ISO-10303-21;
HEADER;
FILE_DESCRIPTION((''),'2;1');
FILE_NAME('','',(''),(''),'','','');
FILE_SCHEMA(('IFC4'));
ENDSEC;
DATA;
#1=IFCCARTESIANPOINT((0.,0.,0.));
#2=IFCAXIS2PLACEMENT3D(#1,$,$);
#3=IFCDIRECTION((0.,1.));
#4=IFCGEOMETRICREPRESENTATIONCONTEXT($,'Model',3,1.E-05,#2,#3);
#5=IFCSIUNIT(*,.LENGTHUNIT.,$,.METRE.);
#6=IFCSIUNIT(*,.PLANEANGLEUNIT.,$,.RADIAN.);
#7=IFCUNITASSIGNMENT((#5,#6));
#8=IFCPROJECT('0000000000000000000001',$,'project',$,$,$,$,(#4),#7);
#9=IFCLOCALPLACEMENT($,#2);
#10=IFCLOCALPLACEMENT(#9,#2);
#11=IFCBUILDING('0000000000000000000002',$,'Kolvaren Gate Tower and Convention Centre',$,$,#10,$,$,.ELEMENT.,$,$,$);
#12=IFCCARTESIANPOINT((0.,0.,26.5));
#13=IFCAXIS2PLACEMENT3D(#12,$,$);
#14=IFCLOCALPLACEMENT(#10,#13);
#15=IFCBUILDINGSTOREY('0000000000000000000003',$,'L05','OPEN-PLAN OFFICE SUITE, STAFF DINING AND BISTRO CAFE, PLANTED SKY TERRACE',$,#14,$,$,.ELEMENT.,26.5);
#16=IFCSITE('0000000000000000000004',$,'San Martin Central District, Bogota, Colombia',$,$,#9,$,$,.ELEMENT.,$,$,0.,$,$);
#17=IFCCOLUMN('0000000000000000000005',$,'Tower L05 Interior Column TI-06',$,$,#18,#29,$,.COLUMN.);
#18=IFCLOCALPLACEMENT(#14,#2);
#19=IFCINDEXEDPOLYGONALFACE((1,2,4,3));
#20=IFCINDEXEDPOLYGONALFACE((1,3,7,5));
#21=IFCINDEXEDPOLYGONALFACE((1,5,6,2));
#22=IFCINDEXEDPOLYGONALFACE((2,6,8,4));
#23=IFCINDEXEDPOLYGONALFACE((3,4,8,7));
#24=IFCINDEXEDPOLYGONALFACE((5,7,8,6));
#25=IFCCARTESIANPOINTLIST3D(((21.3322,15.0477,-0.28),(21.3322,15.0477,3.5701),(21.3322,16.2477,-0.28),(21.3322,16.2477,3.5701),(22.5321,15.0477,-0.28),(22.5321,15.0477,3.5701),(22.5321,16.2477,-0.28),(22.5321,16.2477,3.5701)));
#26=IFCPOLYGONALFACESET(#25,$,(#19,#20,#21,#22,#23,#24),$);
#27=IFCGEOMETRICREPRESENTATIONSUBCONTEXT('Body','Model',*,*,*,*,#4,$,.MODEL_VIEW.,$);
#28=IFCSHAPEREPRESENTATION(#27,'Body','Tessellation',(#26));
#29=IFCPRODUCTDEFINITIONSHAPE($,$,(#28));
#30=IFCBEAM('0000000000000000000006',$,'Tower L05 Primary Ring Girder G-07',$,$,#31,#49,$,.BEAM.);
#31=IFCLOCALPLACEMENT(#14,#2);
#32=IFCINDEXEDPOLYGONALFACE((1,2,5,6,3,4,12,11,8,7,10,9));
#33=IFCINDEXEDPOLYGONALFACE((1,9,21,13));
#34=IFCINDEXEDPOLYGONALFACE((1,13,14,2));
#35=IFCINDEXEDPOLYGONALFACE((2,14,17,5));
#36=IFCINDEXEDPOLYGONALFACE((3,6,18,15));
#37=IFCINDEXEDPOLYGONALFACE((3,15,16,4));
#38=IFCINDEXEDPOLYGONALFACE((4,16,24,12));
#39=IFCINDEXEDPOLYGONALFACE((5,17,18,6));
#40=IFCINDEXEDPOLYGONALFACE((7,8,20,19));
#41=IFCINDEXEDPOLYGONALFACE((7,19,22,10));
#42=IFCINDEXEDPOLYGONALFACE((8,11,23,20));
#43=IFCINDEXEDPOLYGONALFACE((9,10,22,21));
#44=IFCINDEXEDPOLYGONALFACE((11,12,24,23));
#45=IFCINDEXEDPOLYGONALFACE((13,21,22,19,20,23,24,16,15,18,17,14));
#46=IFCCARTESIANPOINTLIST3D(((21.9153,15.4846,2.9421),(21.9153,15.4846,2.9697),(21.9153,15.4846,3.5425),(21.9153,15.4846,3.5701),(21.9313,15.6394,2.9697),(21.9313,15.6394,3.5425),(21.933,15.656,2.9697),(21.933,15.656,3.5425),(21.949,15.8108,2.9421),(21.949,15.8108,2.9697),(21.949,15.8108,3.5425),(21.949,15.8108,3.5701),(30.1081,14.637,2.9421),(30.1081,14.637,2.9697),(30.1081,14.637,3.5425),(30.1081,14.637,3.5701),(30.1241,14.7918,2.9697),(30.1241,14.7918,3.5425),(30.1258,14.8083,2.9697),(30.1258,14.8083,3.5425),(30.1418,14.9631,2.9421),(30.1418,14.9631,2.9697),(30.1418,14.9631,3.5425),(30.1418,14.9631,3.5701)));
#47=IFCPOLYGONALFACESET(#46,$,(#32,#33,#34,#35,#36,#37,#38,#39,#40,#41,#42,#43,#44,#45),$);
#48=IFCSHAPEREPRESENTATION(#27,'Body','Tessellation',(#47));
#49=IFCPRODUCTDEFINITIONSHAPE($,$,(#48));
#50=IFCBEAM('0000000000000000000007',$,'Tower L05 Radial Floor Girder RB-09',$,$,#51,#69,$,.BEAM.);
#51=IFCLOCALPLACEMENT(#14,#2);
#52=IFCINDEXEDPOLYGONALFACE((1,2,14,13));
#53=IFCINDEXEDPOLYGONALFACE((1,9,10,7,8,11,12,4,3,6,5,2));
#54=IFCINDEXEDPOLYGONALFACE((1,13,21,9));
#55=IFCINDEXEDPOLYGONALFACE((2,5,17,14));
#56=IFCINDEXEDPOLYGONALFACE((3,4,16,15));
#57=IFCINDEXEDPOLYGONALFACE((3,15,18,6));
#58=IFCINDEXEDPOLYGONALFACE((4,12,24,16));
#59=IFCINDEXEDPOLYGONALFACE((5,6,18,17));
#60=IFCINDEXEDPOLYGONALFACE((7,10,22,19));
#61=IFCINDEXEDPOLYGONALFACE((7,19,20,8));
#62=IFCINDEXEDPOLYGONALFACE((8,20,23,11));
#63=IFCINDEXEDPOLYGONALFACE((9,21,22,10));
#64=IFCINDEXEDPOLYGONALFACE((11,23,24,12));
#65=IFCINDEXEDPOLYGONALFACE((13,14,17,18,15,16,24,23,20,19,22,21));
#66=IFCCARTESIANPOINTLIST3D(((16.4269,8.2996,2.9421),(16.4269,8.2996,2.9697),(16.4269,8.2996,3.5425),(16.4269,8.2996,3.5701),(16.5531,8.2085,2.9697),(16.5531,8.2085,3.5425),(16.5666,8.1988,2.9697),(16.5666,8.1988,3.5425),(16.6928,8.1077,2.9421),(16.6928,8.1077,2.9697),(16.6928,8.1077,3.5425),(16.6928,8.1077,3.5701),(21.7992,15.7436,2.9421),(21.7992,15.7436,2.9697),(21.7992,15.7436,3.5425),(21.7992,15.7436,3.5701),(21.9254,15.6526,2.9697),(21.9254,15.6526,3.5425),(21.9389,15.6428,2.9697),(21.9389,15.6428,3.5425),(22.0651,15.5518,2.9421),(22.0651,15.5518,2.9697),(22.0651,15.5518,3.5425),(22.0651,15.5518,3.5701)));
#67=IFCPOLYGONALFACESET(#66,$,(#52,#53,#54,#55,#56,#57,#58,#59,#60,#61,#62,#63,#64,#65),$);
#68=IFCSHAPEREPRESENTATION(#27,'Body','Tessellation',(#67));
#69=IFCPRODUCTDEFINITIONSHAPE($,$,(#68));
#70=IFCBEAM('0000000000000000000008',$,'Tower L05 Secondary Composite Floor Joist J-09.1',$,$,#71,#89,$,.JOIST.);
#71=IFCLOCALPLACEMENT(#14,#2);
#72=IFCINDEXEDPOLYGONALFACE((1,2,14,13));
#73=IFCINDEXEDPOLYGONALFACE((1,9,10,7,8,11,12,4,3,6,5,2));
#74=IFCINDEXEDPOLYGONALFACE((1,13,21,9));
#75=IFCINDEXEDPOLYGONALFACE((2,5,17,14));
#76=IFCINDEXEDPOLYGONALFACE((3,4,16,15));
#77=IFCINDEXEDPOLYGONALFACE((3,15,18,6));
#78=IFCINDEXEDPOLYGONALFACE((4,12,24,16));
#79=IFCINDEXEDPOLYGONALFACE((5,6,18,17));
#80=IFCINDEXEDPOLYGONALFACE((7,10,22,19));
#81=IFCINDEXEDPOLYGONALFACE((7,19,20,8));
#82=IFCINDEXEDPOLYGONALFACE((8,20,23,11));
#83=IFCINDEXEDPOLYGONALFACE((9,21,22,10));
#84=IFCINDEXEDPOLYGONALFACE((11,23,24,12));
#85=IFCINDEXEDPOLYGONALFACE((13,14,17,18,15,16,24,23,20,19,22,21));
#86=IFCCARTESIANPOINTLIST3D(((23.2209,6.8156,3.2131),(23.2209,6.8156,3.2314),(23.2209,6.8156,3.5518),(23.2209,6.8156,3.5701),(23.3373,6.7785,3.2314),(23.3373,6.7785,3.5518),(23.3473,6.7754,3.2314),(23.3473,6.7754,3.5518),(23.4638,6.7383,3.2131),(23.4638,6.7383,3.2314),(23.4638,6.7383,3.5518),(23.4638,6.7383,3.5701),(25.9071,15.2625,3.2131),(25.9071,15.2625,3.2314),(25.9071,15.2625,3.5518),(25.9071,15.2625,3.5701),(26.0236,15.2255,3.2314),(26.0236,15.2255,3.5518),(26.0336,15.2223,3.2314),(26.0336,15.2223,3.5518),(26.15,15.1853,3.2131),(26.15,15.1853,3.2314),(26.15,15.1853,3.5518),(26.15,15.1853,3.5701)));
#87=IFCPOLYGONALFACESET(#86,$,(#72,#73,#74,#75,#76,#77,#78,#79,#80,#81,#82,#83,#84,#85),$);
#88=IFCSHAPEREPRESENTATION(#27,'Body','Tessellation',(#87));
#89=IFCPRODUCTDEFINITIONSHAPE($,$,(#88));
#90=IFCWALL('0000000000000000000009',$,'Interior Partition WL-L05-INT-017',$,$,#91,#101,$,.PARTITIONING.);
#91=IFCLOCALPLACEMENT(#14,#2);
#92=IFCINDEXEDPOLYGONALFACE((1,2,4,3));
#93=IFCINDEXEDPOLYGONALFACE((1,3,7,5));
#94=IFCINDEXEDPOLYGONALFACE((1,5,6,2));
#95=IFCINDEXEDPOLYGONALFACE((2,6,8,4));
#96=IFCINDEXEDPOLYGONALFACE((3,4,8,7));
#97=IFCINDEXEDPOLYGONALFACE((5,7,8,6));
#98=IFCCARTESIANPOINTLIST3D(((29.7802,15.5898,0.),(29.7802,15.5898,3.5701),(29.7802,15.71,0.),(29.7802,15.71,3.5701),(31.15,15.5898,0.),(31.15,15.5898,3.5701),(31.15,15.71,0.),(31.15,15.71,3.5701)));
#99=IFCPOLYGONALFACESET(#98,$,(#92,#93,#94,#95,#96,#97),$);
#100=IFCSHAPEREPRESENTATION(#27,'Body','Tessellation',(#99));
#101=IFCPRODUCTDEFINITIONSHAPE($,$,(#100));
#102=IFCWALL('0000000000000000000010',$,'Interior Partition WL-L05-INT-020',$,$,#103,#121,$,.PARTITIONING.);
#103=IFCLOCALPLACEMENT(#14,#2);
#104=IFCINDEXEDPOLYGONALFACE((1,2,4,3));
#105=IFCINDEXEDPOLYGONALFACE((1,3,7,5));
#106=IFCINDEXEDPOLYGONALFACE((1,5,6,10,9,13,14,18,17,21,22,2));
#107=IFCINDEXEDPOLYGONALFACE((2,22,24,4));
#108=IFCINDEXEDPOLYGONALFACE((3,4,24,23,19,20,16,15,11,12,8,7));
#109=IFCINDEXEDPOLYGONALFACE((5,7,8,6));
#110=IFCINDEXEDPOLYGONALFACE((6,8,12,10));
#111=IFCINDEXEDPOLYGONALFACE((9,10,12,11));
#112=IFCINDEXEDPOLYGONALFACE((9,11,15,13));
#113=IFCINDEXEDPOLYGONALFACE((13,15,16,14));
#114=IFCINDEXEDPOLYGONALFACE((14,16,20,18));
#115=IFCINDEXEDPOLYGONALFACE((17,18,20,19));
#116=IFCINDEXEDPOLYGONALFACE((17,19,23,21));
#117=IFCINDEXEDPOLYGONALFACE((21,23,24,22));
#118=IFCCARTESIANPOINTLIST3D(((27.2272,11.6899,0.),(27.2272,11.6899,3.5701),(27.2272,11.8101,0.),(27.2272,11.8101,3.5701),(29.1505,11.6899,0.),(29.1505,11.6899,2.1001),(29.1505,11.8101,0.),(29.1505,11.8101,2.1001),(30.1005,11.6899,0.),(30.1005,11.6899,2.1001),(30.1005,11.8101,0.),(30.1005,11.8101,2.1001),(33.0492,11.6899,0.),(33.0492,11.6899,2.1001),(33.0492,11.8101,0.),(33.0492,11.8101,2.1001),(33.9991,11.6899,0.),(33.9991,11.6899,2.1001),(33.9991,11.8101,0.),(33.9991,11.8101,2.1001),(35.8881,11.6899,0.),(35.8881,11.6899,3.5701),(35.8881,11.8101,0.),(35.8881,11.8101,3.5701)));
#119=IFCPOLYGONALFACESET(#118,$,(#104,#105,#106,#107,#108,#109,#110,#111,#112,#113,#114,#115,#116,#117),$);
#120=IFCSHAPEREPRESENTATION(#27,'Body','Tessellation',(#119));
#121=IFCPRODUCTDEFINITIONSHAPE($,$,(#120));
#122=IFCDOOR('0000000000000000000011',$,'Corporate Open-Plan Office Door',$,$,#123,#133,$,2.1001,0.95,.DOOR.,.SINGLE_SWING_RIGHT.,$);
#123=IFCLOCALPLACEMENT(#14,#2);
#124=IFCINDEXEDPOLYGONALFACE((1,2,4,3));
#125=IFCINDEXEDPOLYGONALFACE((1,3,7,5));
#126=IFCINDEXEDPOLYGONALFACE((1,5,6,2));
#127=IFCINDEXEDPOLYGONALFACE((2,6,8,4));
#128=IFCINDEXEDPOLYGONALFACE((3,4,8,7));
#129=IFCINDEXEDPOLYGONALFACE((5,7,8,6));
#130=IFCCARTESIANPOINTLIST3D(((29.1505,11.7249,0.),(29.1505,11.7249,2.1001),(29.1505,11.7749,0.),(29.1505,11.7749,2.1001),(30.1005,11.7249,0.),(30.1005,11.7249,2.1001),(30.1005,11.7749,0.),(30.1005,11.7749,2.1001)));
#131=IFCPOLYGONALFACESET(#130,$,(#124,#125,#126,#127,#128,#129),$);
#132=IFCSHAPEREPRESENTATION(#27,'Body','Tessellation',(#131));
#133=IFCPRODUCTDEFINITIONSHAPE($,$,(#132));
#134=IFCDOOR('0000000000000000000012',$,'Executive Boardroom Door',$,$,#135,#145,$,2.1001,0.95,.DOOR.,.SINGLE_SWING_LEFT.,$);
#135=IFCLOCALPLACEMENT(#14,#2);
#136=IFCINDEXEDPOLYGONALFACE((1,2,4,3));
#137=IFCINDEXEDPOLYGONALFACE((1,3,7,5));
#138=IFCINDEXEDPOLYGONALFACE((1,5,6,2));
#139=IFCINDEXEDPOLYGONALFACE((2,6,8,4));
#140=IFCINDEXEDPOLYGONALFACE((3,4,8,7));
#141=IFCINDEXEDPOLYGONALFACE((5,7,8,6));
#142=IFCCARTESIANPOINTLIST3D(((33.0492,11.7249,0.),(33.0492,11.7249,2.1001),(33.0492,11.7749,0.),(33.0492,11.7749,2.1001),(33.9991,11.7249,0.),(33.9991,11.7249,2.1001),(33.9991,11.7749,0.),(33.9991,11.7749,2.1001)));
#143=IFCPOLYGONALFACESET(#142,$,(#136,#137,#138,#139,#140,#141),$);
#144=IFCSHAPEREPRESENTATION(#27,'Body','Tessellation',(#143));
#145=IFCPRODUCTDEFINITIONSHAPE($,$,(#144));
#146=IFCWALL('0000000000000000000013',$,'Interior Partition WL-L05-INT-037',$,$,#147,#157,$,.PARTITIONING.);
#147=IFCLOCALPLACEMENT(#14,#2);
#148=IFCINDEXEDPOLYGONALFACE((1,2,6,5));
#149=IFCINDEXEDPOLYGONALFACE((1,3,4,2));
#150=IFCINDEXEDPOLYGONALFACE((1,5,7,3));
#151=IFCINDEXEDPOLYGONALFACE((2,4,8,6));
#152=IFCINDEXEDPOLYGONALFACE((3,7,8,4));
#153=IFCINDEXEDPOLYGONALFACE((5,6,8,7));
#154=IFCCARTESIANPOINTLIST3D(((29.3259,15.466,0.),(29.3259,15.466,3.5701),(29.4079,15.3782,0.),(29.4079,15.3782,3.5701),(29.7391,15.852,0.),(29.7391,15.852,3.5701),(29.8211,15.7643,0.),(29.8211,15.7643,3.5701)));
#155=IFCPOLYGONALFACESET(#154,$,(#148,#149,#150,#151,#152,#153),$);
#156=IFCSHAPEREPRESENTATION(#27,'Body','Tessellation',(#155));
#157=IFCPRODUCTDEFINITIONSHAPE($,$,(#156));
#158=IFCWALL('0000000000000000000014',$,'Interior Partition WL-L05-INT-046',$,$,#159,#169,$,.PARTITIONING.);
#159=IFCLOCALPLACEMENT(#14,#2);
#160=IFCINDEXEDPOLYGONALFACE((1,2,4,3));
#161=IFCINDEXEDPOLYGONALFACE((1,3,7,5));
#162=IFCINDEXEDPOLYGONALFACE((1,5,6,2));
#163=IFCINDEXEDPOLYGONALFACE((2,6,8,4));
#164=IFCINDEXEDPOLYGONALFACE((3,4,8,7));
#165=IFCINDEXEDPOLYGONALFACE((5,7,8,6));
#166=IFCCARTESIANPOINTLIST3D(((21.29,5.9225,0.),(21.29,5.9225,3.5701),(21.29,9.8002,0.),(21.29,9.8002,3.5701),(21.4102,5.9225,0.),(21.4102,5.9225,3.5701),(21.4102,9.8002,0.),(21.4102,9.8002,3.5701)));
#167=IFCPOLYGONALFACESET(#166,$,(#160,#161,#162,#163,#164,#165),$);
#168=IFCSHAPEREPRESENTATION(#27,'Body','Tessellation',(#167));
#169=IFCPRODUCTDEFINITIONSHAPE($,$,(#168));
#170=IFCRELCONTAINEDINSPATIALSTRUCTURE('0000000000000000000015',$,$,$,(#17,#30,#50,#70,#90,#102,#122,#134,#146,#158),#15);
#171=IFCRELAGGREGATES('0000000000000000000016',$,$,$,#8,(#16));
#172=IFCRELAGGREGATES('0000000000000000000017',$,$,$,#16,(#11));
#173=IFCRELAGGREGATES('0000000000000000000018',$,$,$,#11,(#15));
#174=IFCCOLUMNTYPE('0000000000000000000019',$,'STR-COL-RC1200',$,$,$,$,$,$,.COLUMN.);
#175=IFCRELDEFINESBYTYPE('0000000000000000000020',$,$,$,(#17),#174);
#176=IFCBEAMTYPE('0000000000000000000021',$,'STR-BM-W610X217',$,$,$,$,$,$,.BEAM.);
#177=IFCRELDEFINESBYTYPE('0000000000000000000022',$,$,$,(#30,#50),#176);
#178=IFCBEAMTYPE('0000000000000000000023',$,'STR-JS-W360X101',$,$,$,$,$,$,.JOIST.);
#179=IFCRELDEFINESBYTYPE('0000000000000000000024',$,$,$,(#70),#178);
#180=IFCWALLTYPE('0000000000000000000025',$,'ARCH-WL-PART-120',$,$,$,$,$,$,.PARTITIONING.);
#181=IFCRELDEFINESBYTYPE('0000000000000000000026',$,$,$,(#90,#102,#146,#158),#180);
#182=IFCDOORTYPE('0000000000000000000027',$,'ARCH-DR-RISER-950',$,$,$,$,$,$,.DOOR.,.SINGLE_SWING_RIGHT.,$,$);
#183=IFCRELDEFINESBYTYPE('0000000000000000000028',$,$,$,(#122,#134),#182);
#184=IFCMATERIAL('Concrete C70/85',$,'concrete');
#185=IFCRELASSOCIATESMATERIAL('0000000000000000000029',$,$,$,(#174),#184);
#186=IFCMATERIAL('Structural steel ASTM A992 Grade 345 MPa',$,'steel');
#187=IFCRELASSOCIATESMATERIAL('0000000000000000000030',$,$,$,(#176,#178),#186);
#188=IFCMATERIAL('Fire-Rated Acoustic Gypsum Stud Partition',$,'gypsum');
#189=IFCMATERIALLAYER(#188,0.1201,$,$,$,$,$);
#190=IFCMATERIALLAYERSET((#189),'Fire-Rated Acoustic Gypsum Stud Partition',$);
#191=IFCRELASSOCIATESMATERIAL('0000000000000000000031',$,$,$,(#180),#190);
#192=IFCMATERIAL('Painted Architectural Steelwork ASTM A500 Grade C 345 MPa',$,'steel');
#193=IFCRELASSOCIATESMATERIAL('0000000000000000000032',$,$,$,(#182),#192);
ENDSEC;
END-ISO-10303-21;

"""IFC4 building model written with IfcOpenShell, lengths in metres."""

from ifc_helpers import new_model, si_unit, direction, frame, frame_2d, origin, origin_2d, place, context, subcontext, project, spatial, rectangle, i_section, extrude, material, layer, layer_set, material_profile, profile_set, type_object, element, fill, save


model = new_model("IFC4")

# Units and contexts
model_context = context("Model", 3, precision=1e-05, world=origin(), true_north=direction((0.0, 1.0)))
body_context = subcontext(model_context, "Body", "Model", "MODEL_VIEW")
ifc_project = project(units=[si_unit("LENGTHUNIT", "METRE"), si_unit("PLANEANGLEUNIT", "RADIAN")], contexts=[model_context])

# Site, building, storey
site_placement = place(None, origin())
site = spatial("IfcSite", under=ifc_project, at=site_placement, Name="San Martin Central District, Bogota, Colombia", CompositionType="ELEMENT", RefElevation=0.0)
building_placement = place(site_placement, origin())
building = spatial("IfcBuilding", under=site, at=building_placement, Name="Kolvaren Gate Tower and Convention Centre", CompositionType="ELEMENT")
storey_placement = place(building_placement, frame((0.0, 0.0, 26.5)))
storey = spatial("IfcBuildingStorey", under=building, at=storey_placement, Name="L05", Description="OPEN-PLAN OFFICE SUITE, STAFF DINING AND BISTRO CAFE, PLANTED SKY TERRACE", CompositionType="ELEMENT", Elevation=26.5)

# Column
ifc_material_1 = material(Name="Concrete C70/85", Category="concrete")
ifc_material_profile_1 = material_profile(ifc_material_1, rectangle(XDim=1.2, YDim=1.2, at=origin_2d()), Name="RC-COL-1200X1200")
ifc_profile_set_1 = profile_set([ifc_material_profile_1], Name="Concrete C70/85")
column_type = type_object("IfcColumnType", Name="STR-COL-RC1200", PredefinedType="COLUMN", material=ifc_profile_set_1)
column_placement = place(storey_placement, frame((21.9321, 15.6477, -0.28), z_axis=(0.0, 0.0, 1.0), x_axis=(1.0, 0.0, 0.0)))
element("IfcColumn", 1, at=column_placement, inside=storey, type_object=column_type, Name="Tower L05 Interior Column TI-06", PredefinedType="COLUMN", context=body_context, shape_type="SweptSolid", body=[
    extrude(rectangle(XDim=1.2, YDim=1.2, at=origin_2d()), origin(), (0.0, 0.0, 1.0), 3.8501),
])

# Beams
ifc_material_2 = material(Name="Structural steel ASTM A992 Grade 345 MPa", Category="steel")
ifc_material_profile_2 = material_profile(ifc_material_2, i_section(OverallWidth=0.3279, OverallDepth=0.6279, WebThickness=0.0166, FlangeThickness=0.0276, at=origin_2d()), Name="W610X217")
ifc_profile_set_2 = profile_set([ifc_material_profile_2], Name="Structural steel ASTM A992 Grade 345 MPa")
beam_type_1 = type_object("IfcBeamType", Name="STR-BM-W610X217", PredefinedType="BEAM", material=ifc_profile_set_2)
beam_1_placement = place(storey_placement, frame((21.9321, 15.6477, 3.2561), z_axis=(0.99469, -0.102913, 0.0), x_axis=(0.102913, 0.99469, 0.0)))
element("IfcBeam", 2, at=beam_1_placement, inside=storey, type_object=beam_type_1, Name="Tower L05 Primary Ring Girder G-07", PredefinedType="BEAM", context=body_context, shape_type="SweptSolid", body=[
    extrude(i_section(OverallWidth=0.3279, OverallDepth=0.6279, WebThickness=0.0166, FlangeThickness=0.0276, at=origin_2d()), origin(), (0.0, 0.0, 1.0), 8.2366),
])
beam_2_placement = place(storey_placement, frame((21.9321, 15.6477, 3.2561), z_axis=(-0.585206, -0.810885, 0.0), x_axis=(0.810885, -0.585206, 0.0)))
element("IfcBeam", 3, at=beam_2_placement, inside=storey, type_object=beam_type_1, Name="Tower L05 Radial Floor Girder RB-09", PredefinedType="BEAM", context=body_context, shape_type="SweptSolid", body=[
    extrude(i_section(OverallWidth=0.3279, OverallDepth=0.6279, WebThickness=0.0166, FlangeThickness=0.0276, at=origin_2d()), origin(), (0.0, 0.0, 1.0), 9.1802),
])
ifc_material_profile_3 = material_profile(ifc_material_2, i_section(OverallWidth=0.2549, OverallDepth=0.3569, WebThickness=0.0105, FlangeThickness=0.0183, at=origin_2d()), Name="W360X101")
ifc_profile_set_3 = profile_set([ifc_material_profile_3], Name="Structural steel ASTM A992 Grade 345 MPa")
beam_type_2 = type_object("IfcBeamType", Name="STR-JS-W360X101", PredefinedType="JOIST", material=ifc_profile_set_3)
beam_3_placement = place(storey_placement, frame((26.0286, 15.2239, 3.3916), z_axis=(-0.303059, -0.952972, 0.0), x_axis=(0.952972, -0.303059, 0.0)))
element("IfcBeam", 4, at=beam_3_placement, inside=storey, type_object=beam_type_2, Name="Tower L05 Secondary Composite Floor Joist J-09.1", PredefinedType="JOIST", context=body_context, shape_type="SweptSolid", body=[
    extrude(i_section(OverallWidth=0.2549, OverallDepth=0.3569, WebThickness=0.0105, FlangeThickness=0.0183, at=origin_2d()), origin(), (0.0, 0.0, 1.0), 8.8638),
])

# Wall
ifc_material_3 = material(Name="Fire-Rated Acoustic Gypsum Stud Partition", Category="gypsum")
ifc_layer_1 = layer(ifc_material_3, 0.1201)
ifc_layer_set_1 = layer_set([ifc_layer_1], Name="Fire-Rated Acoustic Gypsum Stud Partition")
wall_type_1 = type_object("IfcWallType", Name="ARCH-WL-PART-120", PredefinedType="PARTITIONING", material=ifc_layer_set_1)
wall_1_placement = place(storey_placement, frame((29.78, 15.6499, 0.0), z_axis=(0.0, 0.0, 1.0), x_axis=(1.0, 0.0, 0.0)))
element("IfcWall", 5, at=wall_1_placement, inside=storey, type_object=wall_type_1, Name="Interior Partition WL-L05-INT-017", PredefinedType="PARTITIONING", context=body_context, shape_type="SweptSolid", body=[
    extrude(rectangle(XDim=1.3699, YDim=0.1201, at=frame_2d((0.6851, 0.0))), origin(), (0.0, 0.0, 1.0), 3.5701),
])

# Wall, openings, doors
wall_2_placement = place(storey_placement, frame((27.2271, 11.75, 0.0), z_axis=(0.0, 0.0, 1.0), x_axis=(1.0, 0.0, 0.0)))
wall_2 = element("IfcWall", 6, at=wall_2_placement, inside=storey, type_object=wall_type_1, Name="Interior Partition WL-L05-INT-020", PredefinedType="PARTITIONING", context=body_context, shape_type="SweptSolid", body=[
    extrude(rectangle(XDim=8.6609, YDim=0.1201, at=frame_2d((4.3306, 0.0))), origin(), (0.0, 0.0, 1.0), 3.5701),
])
opening_1_placement = place(wall_2_placement, frame((1.9233, 0.0, 0.0)))
opening_1 = element("IfcOpeningElement", 7, at=opening_1_placement, cuts=wall_2, PredefinedType="OPENING", context=body_context, shape_type="SweptSolid", body=[
    extrude(rectangle(XDim=0.95, YDim=2.1001, at=frame_2d((0.4751, 1.05))), frame((0.0, 0.0701, 0.0), z_axis=(0.0, -1.0, 0.0), x_axis=(1.0, 0.0, 0.0)), (0.0, 0.0, 1.0), 0.1401),
])
opening_2_placement = place(wall_2_placement, frame((5.822, 0.0, 0.0)))
opening_2 = element("IfcOpeningElement", 8, at=opening_2_placement, cuts=wall_2, PredefinedType="OPENING", context=body_context, shape_type="SweptSolid", body=[
    extrude(rectangle(XDim=0.95, YDim=2.1001, at=frame_2d((0.4751, 1.05))), frame((0.0, 0.0701, 0.0), z_axis=(0.0, -1.0, 0.0), x_axis=(1.0, 0.0, 0.0)), (0.0, 0.0, 1.0), 0.1401),
])
ifc_material_4 = material(Name="Painted Architectural Steelwork ASTM A500 Grade C 345 MPa", Category="steel")
door_type_1 = type_object("IfcDoorType", Name="ARCH-DR-RISER-950", OperationType="SINGLE_SWING_RIGHT", PredefinedType="DOOR", material=ifc_material_4)
door_1_placement = place(opening_1_placement, origin())
door_1 = element("IfcDoor", 9, at=door_1_placement, inside=storey, type_object=door_type_1, Name="Corporate Open-Plan Office Door", OperationType="SINGLE_SWING_RIGHT", OverallHeight=2.1001, OverallWidth=0.95, PredefinedType="DOOR", context=body_context, shape_type="SweptSolid", body=[
    extrude(rectangle(XDim=0.95, YDim=2.1001, at=frame_2d((0.4751, 1.05))), frame((0.0, 0.0249, 0.0), z_axis=(0.0, -1.0, 0.0), x_axis=(1.0, 0.0, 0.0)), (0.0, 0.0, 1.0), 0.05),
])
fill(opening_1, door_1)
door_2_placement = place(opening_2_placement, origin())
door_2 = element("IfcDoor", 10, at=door_2_placement, inside=storey, type_object=door_type_1, Name="Executive Boardroom Door", OperationType="SINGLE_SWING_LEFT", OverallHeight=2.1001, OverallWidth=0.95, PredefinedType="DOOR", context=body_context, shape_type="SweptSolid", body=[
    extrude(rectangle(XDim=0.95, YDim=2.1001, at=frame_2d((0.4751, 1.05))), frame((0.0, 0.0249, 0.0), z_axis=(0.0, -1.0, 0.0), x_axis=(1.0, 0.0, 0.0)), (0.0, 0.0, 1.0), 0.05),
])
fill(opening_2, door_2)

# Walls
wall_3_placement = place(storey_placement, frame((29.3669, 15.4221, 0.0), z_axis=(0.0, 0.0, 1.0), x_axis=(0.730667, 0.682734, 0.0)))
element("IfcWall", 11, at=wall_3_placement, inside=storey, type_object=wall_type_1, Name="Interior Partition WL-L05-INT-037", PredefinedType="PARTITIONING", context=body_context, shape_type="SweptSolid", body=[
    extrude(rectangle(XDim=0.5654, YDim=0.1201, at=frame_2d((0.2827, 0.0))), origin(), (0.0, 0.0, 1.0), 3.5701),
])
wall_4_placement = place(storey_placement, frame((21.3501, 5.9224, 0.0), z_axis=(0.0, 0.0, 1.0), x_axis=(0.0, 1.0, 0.0)))
element("IfcWall", 12, at=wall_4_placement, inside=storey, type_object=wall_type_1, Name="Interior Partition WL-L05-INT-046", PredefinedType="PARTITIONING", context=body_context, shape_type="SweptSolid", body=[
    extrude(rectangle(XDim=3.8777, YDim=0.1201, at=frame_2d((1.939, 0.0))), origin(), (0.0, 0.0, 1.0), 3.5701),
])

save(model, "model.ifc")
